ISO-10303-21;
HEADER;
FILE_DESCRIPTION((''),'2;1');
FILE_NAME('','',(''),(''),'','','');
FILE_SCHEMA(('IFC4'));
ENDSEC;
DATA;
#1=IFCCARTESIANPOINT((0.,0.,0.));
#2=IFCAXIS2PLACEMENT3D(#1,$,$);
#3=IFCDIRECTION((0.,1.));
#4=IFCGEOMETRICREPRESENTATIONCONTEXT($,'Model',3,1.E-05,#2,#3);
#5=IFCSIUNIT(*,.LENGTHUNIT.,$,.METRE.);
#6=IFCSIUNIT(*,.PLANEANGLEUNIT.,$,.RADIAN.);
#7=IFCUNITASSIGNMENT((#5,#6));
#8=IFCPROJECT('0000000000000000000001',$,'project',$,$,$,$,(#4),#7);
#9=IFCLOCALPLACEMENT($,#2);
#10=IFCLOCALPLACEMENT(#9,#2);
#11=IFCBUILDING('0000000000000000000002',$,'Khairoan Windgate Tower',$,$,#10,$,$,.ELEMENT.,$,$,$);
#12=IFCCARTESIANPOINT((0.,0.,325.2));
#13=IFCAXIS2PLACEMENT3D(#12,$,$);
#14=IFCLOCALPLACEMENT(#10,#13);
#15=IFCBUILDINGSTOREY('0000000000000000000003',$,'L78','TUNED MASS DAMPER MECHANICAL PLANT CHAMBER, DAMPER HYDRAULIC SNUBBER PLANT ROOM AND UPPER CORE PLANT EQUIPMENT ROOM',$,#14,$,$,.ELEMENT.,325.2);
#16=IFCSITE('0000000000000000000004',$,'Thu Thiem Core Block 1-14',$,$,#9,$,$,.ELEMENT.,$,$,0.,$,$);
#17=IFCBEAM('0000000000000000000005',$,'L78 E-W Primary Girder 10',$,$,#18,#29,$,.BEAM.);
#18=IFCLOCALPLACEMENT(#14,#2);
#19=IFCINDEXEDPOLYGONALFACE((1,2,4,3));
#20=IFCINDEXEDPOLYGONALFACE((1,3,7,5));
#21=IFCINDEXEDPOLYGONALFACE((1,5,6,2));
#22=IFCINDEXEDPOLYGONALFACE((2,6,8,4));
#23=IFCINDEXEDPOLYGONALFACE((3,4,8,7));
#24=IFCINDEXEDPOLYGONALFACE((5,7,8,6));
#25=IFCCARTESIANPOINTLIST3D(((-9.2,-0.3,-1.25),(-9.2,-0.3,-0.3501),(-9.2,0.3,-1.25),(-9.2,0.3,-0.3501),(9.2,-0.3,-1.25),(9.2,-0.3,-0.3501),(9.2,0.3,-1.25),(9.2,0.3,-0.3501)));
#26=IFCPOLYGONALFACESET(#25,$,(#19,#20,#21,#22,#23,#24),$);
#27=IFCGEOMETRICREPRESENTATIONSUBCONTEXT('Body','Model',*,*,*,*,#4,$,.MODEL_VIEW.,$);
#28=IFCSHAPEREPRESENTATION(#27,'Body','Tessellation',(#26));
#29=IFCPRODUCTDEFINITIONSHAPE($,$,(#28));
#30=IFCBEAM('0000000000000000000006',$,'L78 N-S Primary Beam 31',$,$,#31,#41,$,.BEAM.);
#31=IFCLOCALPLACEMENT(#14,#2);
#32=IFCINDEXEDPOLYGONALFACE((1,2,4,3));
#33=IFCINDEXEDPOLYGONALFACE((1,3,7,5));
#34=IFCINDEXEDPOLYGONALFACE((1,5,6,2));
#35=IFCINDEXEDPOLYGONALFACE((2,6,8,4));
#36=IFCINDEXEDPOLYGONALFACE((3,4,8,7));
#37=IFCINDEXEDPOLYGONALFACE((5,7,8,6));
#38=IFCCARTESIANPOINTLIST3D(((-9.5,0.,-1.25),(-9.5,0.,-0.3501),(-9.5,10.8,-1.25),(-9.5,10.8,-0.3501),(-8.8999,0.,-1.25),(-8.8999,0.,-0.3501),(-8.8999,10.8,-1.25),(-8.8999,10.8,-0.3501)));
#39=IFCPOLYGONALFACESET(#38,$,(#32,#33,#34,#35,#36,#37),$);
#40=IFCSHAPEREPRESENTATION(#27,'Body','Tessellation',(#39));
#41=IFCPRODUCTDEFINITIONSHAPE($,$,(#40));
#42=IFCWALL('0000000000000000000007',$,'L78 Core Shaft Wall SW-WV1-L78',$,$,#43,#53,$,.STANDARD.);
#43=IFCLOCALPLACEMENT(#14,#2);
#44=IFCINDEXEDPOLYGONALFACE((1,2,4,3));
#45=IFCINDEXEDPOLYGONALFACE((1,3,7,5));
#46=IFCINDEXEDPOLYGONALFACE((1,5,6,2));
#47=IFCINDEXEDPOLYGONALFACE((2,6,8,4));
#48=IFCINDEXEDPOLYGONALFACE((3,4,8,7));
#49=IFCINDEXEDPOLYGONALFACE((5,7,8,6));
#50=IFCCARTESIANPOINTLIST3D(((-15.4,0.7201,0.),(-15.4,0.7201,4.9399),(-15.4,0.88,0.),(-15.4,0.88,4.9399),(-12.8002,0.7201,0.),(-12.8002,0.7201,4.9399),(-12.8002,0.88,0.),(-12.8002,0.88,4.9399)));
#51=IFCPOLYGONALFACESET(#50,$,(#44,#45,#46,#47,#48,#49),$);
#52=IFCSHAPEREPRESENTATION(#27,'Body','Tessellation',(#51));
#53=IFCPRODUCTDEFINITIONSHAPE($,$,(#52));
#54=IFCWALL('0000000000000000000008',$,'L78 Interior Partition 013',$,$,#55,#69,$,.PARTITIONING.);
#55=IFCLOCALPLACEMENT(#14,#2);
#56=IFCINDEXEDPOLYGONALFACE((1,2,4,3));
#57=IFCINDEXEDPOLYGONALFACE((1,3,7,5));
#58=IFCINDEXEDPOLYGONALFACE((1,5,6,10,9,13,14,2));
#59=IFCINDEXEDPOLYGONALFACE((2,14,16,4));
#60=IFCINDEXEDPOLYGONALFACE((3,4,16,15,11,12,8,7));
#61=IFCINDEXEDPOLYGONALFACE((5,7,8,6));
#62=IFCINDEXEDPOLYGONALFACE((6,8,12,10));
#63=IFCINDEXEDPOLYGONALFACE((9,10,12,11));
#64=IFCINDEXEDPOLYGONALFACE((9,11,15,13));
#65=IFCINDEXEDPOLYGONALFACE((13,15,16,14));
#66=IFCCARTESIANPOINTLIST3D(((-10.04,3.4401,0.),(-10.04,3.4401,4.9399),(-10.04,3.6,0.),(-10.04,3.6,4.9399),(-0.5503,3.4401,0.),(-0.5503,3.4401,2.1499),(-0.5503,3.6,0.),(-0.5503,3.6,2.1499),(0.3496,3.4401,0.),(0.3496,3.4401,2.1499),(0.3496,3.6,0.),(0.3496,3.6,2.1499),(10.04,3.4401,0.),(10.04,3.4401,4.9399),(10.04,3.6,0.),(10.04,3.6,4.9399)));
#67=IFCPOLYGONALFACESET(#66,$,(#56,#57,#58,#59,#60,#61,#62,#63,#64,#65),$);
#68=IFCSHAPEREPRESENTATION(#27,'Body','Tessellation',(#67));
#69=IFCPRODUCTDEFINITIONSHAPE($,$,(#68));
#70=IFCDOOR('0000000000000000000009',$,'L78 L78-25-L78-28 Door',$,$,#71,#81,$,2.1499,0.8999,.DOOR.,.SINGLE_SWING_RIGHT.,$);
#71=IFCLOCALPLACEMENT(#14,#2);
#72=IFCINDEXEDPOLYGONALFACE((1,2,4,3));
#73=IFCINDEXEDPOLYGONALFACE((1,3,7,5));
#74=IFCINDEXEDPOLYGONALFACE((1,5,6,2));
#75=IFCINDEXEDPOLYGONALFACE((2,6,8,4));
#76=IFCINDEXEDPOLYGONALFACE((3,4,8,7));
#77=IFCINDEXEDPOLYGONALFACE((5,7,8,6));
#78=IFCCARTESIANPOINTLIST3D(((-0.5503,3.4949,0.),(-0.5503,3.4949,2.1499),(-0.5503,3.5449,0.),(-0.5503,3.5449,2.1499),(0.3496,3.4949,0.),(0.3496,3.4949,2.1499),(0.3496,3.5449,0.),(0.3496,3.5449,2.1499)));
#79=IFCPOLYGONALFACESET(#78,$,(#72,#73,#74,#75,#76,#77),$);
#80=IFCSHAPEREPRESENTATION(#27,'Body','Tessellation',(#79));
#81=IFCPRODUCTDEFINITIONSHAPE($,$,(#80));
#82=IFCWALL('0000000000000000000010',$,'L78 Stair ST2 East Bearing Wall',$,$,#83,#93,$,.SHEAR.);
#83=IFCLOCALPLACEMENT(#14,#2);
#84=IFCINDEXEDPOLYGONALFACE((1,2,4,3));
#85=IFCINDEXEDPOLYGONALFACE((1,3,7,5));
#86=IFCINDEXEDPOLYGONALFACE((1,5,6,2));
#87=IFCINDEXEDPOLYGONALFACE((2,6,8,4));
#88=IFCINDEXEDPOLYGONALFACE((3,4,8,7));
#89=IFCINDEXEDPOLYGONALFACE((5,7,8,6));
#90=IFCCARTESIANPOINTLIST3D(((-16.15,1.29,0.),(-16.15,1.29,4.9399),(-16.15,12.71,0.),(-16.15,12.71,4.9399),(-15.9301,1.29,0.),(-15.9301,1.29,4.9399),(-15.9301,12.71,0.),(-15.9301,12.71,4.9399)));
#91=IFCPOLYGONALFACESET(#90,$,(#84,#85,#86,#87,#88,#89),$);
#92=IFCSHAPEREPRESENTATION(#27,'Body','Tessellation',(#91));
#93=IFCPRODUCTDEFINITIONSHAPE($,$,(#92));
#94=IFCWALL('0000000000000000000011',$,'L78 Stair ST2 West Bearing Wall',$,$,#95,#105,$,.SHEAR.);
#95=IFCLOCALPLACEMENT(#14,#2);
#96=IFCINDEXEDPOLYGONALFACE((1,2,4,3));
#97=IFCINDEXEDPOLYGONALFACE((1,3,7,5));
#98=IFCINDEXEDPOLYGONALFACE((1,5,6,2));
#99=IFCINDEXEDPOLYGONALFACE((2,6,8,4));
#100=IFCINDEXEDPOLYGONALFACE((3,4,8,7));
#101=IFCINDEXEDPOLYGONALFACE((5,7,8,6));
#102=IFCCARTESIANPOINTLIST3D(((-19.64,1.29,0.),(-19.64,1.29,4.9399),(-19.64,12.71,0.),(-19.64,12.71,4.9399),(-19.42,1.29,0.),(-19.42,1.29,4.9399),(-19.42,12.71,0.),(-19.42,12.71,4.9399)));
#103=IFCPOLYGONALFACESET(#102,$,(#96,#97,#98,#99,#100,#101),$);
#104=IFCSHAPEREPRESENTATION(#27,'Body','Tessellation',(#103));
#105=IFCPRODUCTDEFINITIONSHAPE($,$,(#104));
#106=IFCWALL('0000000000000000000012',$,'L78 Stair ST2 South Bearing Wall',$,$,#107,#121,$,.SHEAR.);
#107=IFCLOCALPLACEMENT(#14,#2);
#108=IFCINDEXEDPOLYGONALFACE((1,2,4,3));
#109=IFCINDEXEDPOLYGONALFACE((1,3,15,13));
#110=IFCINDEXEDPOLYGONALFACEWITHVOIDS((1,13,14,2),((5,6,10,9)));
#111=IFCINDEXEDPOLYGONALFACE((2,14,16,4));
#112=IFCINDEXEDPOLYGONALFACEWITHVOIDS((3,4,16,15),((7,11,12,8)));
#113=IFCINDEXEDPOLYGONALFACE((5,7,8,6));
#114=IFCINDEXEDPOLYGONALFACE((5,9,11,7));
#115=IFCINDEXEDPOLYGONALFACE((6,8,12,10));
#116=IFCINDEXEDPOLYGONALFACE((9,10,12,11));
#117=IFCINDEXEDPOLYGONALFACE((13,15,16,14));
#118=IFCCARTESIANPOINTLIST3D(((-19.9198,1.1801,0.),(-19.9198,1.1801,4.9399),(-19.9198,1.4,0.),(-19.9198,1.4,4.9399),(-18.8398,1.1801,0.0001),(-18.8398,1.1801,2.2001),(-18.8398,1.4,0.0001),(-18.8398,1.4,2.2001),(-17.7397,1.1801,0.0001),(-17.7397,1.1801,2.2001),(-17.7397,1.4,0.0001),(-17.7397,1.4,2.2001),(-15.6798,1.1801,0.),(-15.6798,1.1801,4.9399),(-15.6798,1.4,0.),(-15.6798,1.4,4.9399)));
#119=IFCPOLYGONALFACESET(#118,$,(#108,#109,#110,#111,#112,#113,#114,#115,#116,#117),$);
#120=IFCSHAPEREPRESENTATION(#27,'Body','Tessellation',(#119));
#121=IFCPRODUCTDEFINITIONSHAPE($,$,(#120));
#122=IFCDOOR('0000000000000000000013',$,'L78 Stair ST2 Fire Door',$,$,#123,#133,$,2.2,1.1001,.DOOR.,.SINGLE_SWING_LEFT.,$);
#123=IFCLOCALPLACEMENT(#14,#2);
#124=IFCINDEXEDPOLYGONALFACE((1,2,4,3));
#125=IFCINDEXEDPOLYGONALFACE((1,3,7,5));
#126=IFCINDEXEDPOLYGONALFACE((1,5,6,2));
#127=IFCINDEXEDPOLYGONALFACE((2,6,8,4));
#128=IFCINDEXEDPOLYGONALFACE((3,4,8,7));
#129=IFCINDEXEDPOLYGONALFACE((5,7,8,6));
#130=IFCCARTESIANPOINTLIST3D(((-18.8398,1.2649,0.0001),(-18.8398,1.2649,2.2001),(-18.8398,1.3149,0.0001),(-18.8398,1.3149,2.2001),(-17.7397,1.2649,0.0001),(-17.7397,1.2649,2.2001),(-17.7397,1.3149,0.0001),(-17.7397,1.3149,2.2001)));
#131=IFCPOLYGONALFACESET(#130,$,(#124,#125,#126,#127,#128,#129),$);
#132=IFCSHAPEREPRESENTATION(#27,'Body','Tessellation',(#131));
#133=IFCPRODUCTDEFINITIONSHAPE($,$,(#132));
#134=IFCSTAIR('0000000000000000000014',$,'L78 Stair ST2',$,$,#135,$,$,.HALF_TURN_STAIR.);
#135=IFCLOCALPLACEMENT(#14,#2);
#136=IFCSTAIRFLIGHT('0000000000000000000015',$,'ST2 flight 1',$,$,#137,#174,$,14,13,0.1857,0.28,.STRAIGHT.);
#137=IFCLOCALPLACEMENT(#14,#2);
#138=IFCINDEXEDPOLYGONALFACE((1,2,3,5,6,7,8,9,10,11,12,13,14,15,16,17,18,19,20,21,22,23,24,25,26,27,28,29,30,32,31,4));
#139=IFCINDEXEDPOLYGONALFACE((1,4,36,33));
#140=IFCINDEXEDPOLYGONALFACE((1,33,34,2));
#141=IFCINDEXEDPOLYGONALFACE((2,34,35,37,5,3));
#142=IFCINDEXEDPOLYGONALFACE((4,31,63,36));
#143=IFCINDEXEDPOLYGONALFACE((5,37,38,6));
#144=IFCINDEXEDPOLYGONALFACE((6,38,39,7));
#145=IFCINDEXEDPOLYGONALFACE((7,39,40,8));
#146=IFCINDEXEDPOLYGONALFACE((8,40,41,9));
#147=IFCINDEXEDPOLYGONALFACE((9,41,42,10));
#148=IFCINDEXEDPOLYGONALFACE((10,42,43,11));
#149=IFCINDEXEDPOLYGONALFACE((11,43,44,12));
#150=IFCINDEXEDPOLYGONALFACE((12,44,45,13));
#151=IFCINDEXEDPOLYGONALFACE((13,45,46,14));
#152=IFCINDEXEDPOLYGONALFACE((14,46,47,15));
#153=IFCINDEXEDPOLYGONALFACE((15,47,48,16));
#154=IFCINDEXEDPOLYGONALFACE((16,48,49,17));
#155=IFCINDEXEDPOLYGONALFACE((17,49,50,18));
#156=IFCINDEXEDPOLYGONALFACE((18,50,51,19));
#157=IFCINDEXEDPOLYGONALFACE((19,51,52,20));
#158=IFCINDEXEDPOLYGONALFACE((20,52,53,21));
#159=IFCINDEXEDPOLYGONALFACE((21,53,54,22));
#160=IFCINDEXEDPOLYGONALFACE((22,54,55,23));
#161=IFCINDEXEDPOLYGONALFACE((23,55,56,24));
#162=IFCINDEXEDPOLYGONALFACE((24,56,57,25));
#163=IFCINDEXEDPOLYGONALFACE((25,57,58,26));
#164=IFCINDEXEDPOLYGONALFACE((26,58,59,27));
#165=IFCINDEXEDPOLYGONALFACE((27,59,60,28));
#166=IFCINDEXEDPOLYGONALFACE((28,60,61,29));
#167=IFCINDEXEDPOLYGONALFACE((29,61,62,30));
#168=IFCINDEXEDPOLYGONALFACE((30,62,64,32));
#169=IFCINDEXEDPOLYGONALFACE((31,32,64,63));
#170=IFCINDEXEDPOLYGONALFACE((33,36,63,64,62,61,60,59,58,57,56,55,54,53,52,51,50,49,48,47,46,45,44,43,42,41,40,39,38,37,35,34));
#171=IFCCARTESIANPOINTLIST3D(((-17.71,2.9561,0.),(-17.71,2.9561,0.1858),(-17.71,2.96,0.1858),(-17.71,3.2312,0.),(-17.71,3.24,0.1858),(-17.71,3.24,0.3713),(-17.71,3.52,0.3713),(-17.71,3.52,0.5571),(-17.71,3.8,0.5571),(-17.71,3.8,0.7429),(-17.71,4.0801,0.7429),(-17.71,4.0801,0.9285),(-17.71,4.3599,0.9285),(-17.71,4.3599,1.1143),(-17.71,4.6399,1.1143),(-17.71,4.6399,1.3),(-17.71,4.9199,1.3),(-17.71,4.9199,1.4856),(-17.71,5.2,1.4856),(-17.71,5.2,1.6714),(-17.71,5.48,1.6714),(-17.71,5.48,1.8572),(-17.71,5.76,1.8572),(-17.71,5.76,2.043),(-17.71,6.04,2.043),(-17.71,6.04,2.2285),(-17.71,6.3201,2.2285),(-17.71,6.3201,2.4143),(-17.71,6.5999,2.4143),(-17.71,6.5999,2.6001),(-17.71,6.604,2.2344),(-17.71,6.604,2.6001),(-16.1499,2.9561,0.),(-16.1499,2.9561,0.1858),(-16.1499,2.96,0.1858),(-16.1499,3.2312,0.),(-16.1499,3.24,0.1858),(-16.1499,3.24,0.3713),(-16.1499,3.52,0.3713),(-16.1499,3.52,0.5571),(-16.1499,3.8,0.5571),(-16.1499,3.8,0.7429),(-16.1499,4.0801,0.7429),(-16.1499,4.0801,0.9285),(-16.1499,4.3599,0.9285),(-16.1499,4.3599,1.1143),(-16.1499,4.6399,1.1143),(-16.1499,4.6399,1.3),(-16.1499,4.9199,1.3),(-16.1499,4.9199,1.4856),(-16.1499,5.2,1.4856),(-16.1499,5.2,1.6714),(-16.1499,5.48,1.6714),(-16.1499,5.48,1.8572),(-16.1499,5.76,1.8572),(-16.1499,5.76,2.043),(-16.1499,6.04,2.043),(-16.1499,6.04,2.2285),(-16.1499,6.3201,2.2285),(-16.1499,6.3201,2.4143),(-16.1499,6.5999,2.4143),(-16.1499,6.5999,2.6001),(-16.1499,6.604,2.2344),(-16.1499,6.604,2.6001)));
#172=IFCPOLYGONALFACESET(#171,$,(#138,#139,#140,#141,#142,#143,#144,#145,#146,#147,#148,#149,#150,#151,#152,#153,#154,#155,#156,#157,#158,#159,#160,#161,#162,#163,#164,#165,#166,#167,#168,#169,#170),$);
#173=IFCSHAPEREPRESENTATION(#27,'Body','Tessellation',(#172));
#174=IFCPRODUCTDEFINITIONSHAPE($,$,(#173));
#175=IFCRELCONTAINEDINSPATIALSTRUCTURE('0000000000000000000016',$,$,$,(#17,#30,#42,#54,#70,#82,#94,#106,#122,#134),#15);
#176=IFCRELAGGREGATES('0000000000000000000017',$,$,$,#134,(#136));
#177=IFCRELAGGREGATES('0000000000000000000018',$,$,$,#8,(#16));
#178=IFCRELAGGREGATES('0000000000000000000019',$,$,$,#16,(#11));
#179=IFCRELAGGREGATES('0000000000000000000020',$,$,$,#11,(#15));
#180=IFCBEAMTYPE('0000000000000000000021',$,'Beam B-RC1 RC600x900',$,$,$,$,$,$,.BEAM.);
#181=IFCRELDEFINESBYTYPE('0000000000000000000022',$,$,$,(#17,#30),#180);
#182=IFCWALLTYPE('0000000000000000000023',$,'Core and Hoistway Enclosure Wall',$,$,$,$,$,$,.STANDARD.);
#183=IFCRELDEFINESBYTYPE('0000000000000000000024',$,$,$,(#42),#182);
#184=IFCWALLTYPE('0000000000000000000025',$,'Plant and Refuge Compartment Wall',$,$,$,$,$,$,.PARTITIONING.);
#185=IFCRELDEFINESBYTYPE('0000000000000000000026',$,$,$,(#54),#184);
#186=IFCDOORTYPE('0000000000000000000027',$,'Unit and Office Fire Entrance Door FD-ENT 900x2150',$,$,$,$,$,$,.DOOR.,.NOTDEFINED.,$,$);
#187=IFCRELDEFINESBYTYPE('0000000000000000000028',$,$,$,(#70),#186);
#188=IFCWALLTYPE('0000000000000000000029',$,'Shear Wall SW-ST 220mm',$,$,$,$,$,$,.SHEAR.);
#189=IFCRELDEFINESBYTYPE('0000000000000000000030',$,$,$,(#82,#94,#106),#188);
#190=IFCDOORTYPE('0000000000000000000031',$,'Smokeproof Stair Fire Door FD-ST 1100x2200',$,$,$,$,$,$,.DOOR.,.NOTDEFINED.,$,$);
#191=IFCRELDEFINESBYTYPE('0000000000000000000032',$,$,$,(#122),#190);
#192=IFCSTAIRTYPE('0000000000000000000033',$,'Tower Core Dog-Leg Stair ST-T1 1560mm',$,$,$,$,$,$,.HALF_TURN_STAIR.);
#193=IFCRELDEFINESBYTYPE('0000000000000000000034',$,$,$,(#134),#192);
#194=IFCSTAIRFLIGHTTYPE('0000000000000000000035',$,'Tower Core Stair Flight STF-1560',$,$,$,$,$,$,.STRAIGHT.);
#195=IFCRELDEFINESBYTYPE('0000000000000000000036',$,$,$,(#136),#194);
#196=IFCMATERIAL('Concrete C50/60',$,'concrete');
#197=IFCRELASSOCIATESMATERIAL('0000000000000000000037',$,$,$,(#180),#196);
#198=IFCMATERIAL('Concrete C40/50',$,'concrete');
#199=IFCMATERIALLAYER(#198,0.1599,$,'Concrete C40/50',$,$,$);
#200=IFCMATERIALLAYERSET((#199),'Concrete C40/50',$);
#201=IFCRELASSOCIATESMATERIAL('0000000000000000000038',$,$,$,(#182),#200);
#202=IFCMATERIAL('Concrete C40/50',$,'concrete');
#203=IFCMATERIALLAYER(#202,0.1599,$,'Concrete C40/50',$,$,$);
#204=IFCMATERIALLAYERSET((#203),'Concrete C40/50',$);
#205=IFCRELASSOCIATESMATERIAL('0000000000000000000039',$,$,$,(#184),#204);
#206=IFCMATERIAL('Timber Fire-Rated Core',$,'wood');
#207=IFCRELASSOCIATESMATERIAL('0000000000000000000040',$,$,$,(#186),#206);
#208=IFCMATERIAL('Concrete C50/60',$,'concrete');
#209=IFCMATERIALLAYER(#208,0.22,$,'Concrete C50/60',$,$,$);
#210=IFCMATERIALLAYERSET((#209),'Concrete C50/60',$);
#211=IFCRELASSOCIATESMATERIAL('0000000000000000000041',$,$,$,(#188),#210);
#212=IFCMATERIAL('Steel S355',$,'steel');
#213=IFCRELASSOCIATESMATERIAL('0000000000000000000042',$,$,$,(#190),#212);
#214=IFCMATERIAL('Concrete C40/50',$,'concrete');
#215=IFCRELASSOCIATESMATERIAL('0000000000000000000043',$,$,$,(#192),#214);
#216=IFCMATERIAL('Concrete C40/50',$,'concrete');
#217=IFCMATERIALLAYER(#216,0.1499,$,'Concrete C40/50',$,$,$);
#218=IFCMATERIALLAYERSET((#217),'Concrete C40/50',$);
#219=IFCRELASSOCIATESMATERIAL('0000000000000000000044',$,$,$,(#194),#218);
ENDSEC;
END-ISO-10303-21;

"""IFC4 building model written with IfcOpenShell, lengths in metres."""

from ifc_helpers import new_model, si_unit, direction, frame, frame_2d, origin, origin_2d, place, context, subcontext, project, spatial, polyline, rectangle, outline, extrude, material, layer, layer_set, material_profile, profile_set, type_object, element, fill, aggregate, save


model = new_model("IFC4")

# Units and contexts
model_context = context("Model", 3, precision=1e-05, world=origin(), true_north=direction((0.0, 1.0)))
body_context = subcontext(model_context, "Body", "Model", "MODEL_VIEW")
ifc_project = project(units=[si_unit("LENGTHUNIT", "METRE"), si_unit("PLANEANGLEUNIT", "RADIAN")], contexts=[model_context])

# Site, building, storey
site_placement = place(None, origin())
site = spatial("IfcSite", under=ifc_project, at=site_placement, Name="Thu Thiem Core Block 1-14", CompositionType="ELEMENT", RefElevation=0.0)
building_placement = place(site_placement, origin())
building = spatial("IfcBuilding", under=site, at=building_placement, Name="Khairoan Windgate Tower", CompositionType="ELEMENT")
storey_placement = place(building_placement, frame((0.0, 0.0, 325.2)))
storey = spatial("IfcBuildingStorey", under=building, at=storey_placement, Name="L78", Description="TUNED MASS DAMPER MECHANICAL PLANT CHAMBER, DAMPER HYDRAULIC SNUBBER PLANT ROOM AND UPPER CORE PLANT EQUIPMENT ROOM", CompositionType="ELEMENT", Elevation=325.2)

# Beams
ifc_material_1 = material(Name="Concrete C50/60", Category="concrete")
ifc_material_profile = material_profile(ifc_material_1, rectangle(XDim=0.6001, YDim=0.8999, at=origin_2d()))
ifc_profile_set = profile_set([ifc_material_profile], Name="Concrete C50/60")
beam_type = type_object("IfcBeamType", Name="Beam B-RC1 RC600x900", PredefinedType="BEAM", material=ifc_profile_set)
beam_1_placement = place(storey_placement, frame((-9.2, 0.0, -0.8), z_axis=(1.0, 0.0, 0.0), x_axis=(0.0, 1.0, 0.0)))
element("IfcBeam", 1, at=beam_1_placement, inside=storey, type_object=beam_type, Name="L78 E-W Primary Girder 10", PredefinedType="BEAM", context=body_context, shape_type="SweptSolid", body=[
    extrude(rectangle(XDim=0.6001, YDim=0.8999, at=origin_2d()), origin(), (0.0, 0.0, 1.0), 18.3999),
])
beam_2_placement = place(storey_placement, frame((-9.2, 0.0, -0.8), z_axis=(0.0, 1.0, 0.0), x_axis=(-1.0, 0.0, 0.0)))
element("IfcBeam", 2, at=beam_2_placement, inside=storey, type_object=beam_type, Name="L78 N-S Primary Beam 31", PredefinedType="BEAM", context=body_context, shape_type="SweptSolid", body=[
    extrude(rectangle(XDim=0.6001, YDim=0.8999, at=origin_2d()), origin(), (0.0, 0.0, 1.0), 10.8),
])

# Wall
ifc_material_2 = material(Name="Concrete C40/50", Category="concrete")
ifc_layer_1 = layer(ifc_material_2, 0.1599, Name="Concrete C40/50")
ifc_layer_set_1 = layer_set([ifc_layer_1], Name="Concrete C40/50")
wall_type_1 = type_object("IfcWallType", Name="Core and Hoistway Enclosure Wall", PredefinedType="STANDARD", material=ifc_layer_set_1)
wall_1_placement = place(storey_placement, frame((-15.3999, 0.8, 0.0), z_axis=(0.0, 0.0, 1.0), x_axis=(1.0, 0.0, 0.0)))
element("IfcWall", 3, at=wall_1_placement, inside=storey, type_object=wall_type_1, Name="L78 Core Shaft Wall SW-WV1-L78", PredefinedType="STANDARD", context=body_context, shape_type="SweptSolid", body=[
    extrude(rectangle(XDim=2.5999, YDim=0.1599, at=frame_2d((1.2998, 0.0))), origin(), (0.0, 0.0, 1.0), 4.9399),
])

# Wall, opening, door
ifc_material_3 = material(Name="Concrete C40/50", Category="concrete")
ifc_layer_2 = layer(ifc_material_3, 0.1599, Name="Concrete C40/50")
ifc_layer_set_2 = layer_set([ifc_layer_2], Name="Concrete C40/50")
wall_type_2 = type_object("IfcWallType", Name="Plant and Refuge Compartment Wall", PredefinedType="PARTITIONING", material=ifc_layer_set_2)
wall_2_placement = place(storey_placement, frame((-10.04, 3.52, 0.0), z_axis=(0.0, 0.0, 1.0), x_axis=(1.0, 0.0, 0.0)))
wall_2 = element("IfcWall", 4, at=wall_2_placement, inside=storey, type_object=wall_type_2, Name="L78 Interior Partition 013", PredefinedType="PARTITIONING", context=body_context, shape_type="SweptSolid", body=[
    extrude(rectangle(XDim=20.0801, YDim=0.1599, at=frame_2d((10.04, 0.0))), origin(), (0.0, 0.0, 1.0), 4.9399),
])
opening_1_placement = place(wall_2_placement, frame((9.4897, 0.0, 0.0)))
opening_1 = element("IfcOpeningElement", 5, at=opening_1_placement, cuts=wall_2, PredefinedType="OPENING", context=body_context, shape_type="SweptSolid", body=[
    extrude(rectangle(XDim=0.8999, YDim=2.1499, at=frame_2d((0.45, 1.075))), frame((0.0, 0.0898, 0.0), z_axis=(0.0, -1.0, 0.0), x_axis=(1.0, 0.0, 0.0)), (0.0, 0.0, 1.0), 0.1799),
])
ifc_material_4 = material(Name="Timber Fire-Rated Core", Category="wood")
door_type_1 = type_object("IfcDoorType", Name="Unit and Office Fire Entrance Door FD-ENT 900x2150", OperationType="NOTDEFINED", PredefinedType="DOOR", material=ifc_material_4)
door_1_placement = place(opening_1_placement, origin())
door_1 = element("IfcDoor", 6, at=door_1_placement, inside=storey, type_object=door_type_1, Name="L78 L78-25-L78-28 Door", OperationType="SINGLE_SWING_RIGHT", OverallHeight=2.1499, OverallWidth=0.8999, PredefinedType="DOOR", context=body_context, shape_type="SweptSolid", body=[
    extrude(rectangle(XDim=0.8999, YDim=2.1499, at=frame_2d((0.45, 1.075))), frame((0.0, 0.0249, 0.0), z_axis=(0.0, -1.0, 0.0), x_axis=(1.0, 0.0, 0.0)), (0.0, 0.0, 1.0), 0.05),
])
fill(opening_1, door_1)

# Walls
ifc_material_5 = material(Name="Concrete C50/60", Category="concrete")
ifc_layer_3 = layer(ifc_material_5, 0.22, Name="Concrete C50/60")
ifc_layer_set_3 = layer_set([ifc_layer_3], Name="Concrete C50/60")
wall_type_3 = type_object("IfcWallType", Name="Shear Wall SW-ST 220mm", PredefinedType="SHEAR", material=ifc_layer_set_3)
for number, where, z_axis, x_axis, name in (
    (7, (-16.04, 1.29, 0.0), (0.0, 0.0, 1.0), (0.0, 1.0, 0.0), "L78 Stair ST2 East Bearing Wall"),
    (8, (-19.53, 1.29, 0.0), (0.0, 0.0, 1.0), (0.0, 1.0, 0.0), "L78 Stair ST2 West Bearing Wall"),
):
    element("IfcWall", number, at=place(storey_placement, frame(where, z_axis=z_axis, x_axis=x_axis)), inside=storey, type_object=wall_type_3, Name=name, PredefinedType="SHEAR", context=body_context, shape_type="SweptSolid", body=[
        extrude(rectangle(XDim=11.4199, YDim=0.22, at=frame_2d((5.71, 0.0))), origin(), (0.0, 0.0, 1.0), 4.9399),
    ])

# Wall, opening, door
wall_3_placement = place(storey_placement, frame((-19.9199, 1.29, 0.0), z_axis=(0.0, 0.0, 1.0), x_axis=(1.0, 0.0, 0.0)))
wall_3 = element("IfcWall", 9, at=wall_3_placement, inside=storey, type_object=wall_type_3, Name="L78 Stair ST2 South Bearing Wall", PredefinedType="SHEAR", context=body_context, shape_type="SweptSolid", body=[
    extrude(rectangle(XDim=4.24, YDim=0.22, at=frame_2d((2.1201, 0.0))), origin(), (0.0, 0.0, 1.0), 4.9399),
])
opening_2_placement = place(wall_3_placement, frame((1.0801, 0.0, 0.0)))
opening_2 = element("IfcOpeningElement", 10, at=opening_2_placement, cuts=wall_3, PredefinedType="OPENING", context=body_context, shape_type="SweptSolid", body=[
    extrude(rectangle(XDim=1.1001, YDim=2.2, at=frame_2d((0.55, 1.1001))), frame((0.0, 0.1199, 0.0), z_axis=(0.0, -1.0, 0.0), x_axis=(1.0, 0.0, 0.0)), (0.0, 0.0, 1.0), 0.24),
])
ifc_material_6 = material(Name="Steel S355", Category="steel")
door_type_2 = type_object("IfcDoorType", Name="Smokeproof Stair Fire Door FD-ST 1100x2200", OperationType="NOTDEFINED", PredefinedType="DOOR", material=ifc_material_6)
door_2_placement = place(opening_2_placement, origin())
door_2 = element("IfcDoor", 11, at=door_2_placement, inside=storey, type_object=door_type_2, Name="L78 Stair ST2 Fire Door", OperationType="SINGLE_SWING_LEFT", OverallHeight=2.2, OverallWidth=1.1001, PredefinedType="DOOR", context=body_context, shape_type="SweptSolid", body=[
    extrude(rectangle(XDim=1.1001, YDim=2.2, at=frame_2d((0.55, 1.1001))), frame((0.0, 0.0249, 0.0), z_axis=(0.0, -1.0, 0.0), x_axis=(1.0, 0.0, 0.0)), (0.0, 0.0, 1.0), 0.05),
])
fill(opening_2, door_2)

# Stair, stair flight
ifc_material_7 = material(Name="Concrete C40/50", Category="concrete")
stair_type = type_object("IfcStairType", Name="Tower Core Dog-Leg Stair ST-T1 1560mm", PredefinedType="HALF_TURN_STAIR", material=ifc_material_7)
stair_placement = place(storey_placement, origin())
stair = element("IfcStair", 12, at=stair_placement, inside=storey, type_object=stair_type, Name="L78 Stair ST2", PredefinedType="HALF_TURN_STAIR")
ifc_material_8 = material(Name="Concrete C40/50", Category="concrete")
ifc_layer_4 = layer(ifc_material_8, 0.1499, Name="Concrete C40/50")
ifc_layer_set_4 = layer_set([ifc_layer_4], Name="Concrete C40/50")
stair_flight_type = type_object("IfcStairFlightType", Name="Tower Core Stair Flight STF-1560", PredefinedType="STRAIGHT", material=ifc_layer_set_4)
stair_flight_1_placement = place(storey_placement, frame((-16.9299, 2.96, 0.0), z_axis=(0.0, 0.0, 1.0), x_axis=(0.0, 1.0, 0.0)))
stair_flight_1 = element("IfcStairFlight", 13, at=stair_flight_1_placement, type_object=stair_flight_type, Name="ST2 flight 1", NumberOfRisers=14, NumberOfTreads=13, PredefinedType="STRAIGHT", RiserHeight=0.1857, TreadLength=0.28, context=body_context, shape_type="SweptSolid", body=[
    extrude(outline(polyline([(-0.0039, 0.0), (-0.0039, 0.1858), (0.0, 0.1858), (0.28, 0.1858), (0.28, 0.3713), (0.5601, 0.3713), (0.5601, 0.5571), (0.8401, 0.5571), (0.8401, 0.7429), (1.1201, 0.7429), (1.1201, 0.9285), (1.3999, 0.9285), (1.3999, 1.1143), (1.6799, 1.1143), (1.6799, 1.3), (1.96, 1.3), (1.96, 1.4856), (2.24, 1.4856), (2.24, 1.6714), (2.52, 1.6714), (2.52, 1.8572), (2.8, 1.8572), (2.8, 2.043), (3.0801, 2.043), (3.0801, 2.2285), (3.3601, 2.2285), (3.3601, 2.4143), (3.6399, 2.4143), (3.6399, 2.6001), (3.644, 2.6001), (3.644, 2.2344), (0.2712, 0.0), (-0.0039, 0.0)])), frame((0.0, 0.78, 0.0), z_axis=(0.0, -1.0, 0.0), x_axis=(1.0, 0.0, 0.0)), (0.0, 0.0, 1.0), 1.5601),
])
aggregate(stair, [stair_flight_1])

save(model, "model.ifc")
